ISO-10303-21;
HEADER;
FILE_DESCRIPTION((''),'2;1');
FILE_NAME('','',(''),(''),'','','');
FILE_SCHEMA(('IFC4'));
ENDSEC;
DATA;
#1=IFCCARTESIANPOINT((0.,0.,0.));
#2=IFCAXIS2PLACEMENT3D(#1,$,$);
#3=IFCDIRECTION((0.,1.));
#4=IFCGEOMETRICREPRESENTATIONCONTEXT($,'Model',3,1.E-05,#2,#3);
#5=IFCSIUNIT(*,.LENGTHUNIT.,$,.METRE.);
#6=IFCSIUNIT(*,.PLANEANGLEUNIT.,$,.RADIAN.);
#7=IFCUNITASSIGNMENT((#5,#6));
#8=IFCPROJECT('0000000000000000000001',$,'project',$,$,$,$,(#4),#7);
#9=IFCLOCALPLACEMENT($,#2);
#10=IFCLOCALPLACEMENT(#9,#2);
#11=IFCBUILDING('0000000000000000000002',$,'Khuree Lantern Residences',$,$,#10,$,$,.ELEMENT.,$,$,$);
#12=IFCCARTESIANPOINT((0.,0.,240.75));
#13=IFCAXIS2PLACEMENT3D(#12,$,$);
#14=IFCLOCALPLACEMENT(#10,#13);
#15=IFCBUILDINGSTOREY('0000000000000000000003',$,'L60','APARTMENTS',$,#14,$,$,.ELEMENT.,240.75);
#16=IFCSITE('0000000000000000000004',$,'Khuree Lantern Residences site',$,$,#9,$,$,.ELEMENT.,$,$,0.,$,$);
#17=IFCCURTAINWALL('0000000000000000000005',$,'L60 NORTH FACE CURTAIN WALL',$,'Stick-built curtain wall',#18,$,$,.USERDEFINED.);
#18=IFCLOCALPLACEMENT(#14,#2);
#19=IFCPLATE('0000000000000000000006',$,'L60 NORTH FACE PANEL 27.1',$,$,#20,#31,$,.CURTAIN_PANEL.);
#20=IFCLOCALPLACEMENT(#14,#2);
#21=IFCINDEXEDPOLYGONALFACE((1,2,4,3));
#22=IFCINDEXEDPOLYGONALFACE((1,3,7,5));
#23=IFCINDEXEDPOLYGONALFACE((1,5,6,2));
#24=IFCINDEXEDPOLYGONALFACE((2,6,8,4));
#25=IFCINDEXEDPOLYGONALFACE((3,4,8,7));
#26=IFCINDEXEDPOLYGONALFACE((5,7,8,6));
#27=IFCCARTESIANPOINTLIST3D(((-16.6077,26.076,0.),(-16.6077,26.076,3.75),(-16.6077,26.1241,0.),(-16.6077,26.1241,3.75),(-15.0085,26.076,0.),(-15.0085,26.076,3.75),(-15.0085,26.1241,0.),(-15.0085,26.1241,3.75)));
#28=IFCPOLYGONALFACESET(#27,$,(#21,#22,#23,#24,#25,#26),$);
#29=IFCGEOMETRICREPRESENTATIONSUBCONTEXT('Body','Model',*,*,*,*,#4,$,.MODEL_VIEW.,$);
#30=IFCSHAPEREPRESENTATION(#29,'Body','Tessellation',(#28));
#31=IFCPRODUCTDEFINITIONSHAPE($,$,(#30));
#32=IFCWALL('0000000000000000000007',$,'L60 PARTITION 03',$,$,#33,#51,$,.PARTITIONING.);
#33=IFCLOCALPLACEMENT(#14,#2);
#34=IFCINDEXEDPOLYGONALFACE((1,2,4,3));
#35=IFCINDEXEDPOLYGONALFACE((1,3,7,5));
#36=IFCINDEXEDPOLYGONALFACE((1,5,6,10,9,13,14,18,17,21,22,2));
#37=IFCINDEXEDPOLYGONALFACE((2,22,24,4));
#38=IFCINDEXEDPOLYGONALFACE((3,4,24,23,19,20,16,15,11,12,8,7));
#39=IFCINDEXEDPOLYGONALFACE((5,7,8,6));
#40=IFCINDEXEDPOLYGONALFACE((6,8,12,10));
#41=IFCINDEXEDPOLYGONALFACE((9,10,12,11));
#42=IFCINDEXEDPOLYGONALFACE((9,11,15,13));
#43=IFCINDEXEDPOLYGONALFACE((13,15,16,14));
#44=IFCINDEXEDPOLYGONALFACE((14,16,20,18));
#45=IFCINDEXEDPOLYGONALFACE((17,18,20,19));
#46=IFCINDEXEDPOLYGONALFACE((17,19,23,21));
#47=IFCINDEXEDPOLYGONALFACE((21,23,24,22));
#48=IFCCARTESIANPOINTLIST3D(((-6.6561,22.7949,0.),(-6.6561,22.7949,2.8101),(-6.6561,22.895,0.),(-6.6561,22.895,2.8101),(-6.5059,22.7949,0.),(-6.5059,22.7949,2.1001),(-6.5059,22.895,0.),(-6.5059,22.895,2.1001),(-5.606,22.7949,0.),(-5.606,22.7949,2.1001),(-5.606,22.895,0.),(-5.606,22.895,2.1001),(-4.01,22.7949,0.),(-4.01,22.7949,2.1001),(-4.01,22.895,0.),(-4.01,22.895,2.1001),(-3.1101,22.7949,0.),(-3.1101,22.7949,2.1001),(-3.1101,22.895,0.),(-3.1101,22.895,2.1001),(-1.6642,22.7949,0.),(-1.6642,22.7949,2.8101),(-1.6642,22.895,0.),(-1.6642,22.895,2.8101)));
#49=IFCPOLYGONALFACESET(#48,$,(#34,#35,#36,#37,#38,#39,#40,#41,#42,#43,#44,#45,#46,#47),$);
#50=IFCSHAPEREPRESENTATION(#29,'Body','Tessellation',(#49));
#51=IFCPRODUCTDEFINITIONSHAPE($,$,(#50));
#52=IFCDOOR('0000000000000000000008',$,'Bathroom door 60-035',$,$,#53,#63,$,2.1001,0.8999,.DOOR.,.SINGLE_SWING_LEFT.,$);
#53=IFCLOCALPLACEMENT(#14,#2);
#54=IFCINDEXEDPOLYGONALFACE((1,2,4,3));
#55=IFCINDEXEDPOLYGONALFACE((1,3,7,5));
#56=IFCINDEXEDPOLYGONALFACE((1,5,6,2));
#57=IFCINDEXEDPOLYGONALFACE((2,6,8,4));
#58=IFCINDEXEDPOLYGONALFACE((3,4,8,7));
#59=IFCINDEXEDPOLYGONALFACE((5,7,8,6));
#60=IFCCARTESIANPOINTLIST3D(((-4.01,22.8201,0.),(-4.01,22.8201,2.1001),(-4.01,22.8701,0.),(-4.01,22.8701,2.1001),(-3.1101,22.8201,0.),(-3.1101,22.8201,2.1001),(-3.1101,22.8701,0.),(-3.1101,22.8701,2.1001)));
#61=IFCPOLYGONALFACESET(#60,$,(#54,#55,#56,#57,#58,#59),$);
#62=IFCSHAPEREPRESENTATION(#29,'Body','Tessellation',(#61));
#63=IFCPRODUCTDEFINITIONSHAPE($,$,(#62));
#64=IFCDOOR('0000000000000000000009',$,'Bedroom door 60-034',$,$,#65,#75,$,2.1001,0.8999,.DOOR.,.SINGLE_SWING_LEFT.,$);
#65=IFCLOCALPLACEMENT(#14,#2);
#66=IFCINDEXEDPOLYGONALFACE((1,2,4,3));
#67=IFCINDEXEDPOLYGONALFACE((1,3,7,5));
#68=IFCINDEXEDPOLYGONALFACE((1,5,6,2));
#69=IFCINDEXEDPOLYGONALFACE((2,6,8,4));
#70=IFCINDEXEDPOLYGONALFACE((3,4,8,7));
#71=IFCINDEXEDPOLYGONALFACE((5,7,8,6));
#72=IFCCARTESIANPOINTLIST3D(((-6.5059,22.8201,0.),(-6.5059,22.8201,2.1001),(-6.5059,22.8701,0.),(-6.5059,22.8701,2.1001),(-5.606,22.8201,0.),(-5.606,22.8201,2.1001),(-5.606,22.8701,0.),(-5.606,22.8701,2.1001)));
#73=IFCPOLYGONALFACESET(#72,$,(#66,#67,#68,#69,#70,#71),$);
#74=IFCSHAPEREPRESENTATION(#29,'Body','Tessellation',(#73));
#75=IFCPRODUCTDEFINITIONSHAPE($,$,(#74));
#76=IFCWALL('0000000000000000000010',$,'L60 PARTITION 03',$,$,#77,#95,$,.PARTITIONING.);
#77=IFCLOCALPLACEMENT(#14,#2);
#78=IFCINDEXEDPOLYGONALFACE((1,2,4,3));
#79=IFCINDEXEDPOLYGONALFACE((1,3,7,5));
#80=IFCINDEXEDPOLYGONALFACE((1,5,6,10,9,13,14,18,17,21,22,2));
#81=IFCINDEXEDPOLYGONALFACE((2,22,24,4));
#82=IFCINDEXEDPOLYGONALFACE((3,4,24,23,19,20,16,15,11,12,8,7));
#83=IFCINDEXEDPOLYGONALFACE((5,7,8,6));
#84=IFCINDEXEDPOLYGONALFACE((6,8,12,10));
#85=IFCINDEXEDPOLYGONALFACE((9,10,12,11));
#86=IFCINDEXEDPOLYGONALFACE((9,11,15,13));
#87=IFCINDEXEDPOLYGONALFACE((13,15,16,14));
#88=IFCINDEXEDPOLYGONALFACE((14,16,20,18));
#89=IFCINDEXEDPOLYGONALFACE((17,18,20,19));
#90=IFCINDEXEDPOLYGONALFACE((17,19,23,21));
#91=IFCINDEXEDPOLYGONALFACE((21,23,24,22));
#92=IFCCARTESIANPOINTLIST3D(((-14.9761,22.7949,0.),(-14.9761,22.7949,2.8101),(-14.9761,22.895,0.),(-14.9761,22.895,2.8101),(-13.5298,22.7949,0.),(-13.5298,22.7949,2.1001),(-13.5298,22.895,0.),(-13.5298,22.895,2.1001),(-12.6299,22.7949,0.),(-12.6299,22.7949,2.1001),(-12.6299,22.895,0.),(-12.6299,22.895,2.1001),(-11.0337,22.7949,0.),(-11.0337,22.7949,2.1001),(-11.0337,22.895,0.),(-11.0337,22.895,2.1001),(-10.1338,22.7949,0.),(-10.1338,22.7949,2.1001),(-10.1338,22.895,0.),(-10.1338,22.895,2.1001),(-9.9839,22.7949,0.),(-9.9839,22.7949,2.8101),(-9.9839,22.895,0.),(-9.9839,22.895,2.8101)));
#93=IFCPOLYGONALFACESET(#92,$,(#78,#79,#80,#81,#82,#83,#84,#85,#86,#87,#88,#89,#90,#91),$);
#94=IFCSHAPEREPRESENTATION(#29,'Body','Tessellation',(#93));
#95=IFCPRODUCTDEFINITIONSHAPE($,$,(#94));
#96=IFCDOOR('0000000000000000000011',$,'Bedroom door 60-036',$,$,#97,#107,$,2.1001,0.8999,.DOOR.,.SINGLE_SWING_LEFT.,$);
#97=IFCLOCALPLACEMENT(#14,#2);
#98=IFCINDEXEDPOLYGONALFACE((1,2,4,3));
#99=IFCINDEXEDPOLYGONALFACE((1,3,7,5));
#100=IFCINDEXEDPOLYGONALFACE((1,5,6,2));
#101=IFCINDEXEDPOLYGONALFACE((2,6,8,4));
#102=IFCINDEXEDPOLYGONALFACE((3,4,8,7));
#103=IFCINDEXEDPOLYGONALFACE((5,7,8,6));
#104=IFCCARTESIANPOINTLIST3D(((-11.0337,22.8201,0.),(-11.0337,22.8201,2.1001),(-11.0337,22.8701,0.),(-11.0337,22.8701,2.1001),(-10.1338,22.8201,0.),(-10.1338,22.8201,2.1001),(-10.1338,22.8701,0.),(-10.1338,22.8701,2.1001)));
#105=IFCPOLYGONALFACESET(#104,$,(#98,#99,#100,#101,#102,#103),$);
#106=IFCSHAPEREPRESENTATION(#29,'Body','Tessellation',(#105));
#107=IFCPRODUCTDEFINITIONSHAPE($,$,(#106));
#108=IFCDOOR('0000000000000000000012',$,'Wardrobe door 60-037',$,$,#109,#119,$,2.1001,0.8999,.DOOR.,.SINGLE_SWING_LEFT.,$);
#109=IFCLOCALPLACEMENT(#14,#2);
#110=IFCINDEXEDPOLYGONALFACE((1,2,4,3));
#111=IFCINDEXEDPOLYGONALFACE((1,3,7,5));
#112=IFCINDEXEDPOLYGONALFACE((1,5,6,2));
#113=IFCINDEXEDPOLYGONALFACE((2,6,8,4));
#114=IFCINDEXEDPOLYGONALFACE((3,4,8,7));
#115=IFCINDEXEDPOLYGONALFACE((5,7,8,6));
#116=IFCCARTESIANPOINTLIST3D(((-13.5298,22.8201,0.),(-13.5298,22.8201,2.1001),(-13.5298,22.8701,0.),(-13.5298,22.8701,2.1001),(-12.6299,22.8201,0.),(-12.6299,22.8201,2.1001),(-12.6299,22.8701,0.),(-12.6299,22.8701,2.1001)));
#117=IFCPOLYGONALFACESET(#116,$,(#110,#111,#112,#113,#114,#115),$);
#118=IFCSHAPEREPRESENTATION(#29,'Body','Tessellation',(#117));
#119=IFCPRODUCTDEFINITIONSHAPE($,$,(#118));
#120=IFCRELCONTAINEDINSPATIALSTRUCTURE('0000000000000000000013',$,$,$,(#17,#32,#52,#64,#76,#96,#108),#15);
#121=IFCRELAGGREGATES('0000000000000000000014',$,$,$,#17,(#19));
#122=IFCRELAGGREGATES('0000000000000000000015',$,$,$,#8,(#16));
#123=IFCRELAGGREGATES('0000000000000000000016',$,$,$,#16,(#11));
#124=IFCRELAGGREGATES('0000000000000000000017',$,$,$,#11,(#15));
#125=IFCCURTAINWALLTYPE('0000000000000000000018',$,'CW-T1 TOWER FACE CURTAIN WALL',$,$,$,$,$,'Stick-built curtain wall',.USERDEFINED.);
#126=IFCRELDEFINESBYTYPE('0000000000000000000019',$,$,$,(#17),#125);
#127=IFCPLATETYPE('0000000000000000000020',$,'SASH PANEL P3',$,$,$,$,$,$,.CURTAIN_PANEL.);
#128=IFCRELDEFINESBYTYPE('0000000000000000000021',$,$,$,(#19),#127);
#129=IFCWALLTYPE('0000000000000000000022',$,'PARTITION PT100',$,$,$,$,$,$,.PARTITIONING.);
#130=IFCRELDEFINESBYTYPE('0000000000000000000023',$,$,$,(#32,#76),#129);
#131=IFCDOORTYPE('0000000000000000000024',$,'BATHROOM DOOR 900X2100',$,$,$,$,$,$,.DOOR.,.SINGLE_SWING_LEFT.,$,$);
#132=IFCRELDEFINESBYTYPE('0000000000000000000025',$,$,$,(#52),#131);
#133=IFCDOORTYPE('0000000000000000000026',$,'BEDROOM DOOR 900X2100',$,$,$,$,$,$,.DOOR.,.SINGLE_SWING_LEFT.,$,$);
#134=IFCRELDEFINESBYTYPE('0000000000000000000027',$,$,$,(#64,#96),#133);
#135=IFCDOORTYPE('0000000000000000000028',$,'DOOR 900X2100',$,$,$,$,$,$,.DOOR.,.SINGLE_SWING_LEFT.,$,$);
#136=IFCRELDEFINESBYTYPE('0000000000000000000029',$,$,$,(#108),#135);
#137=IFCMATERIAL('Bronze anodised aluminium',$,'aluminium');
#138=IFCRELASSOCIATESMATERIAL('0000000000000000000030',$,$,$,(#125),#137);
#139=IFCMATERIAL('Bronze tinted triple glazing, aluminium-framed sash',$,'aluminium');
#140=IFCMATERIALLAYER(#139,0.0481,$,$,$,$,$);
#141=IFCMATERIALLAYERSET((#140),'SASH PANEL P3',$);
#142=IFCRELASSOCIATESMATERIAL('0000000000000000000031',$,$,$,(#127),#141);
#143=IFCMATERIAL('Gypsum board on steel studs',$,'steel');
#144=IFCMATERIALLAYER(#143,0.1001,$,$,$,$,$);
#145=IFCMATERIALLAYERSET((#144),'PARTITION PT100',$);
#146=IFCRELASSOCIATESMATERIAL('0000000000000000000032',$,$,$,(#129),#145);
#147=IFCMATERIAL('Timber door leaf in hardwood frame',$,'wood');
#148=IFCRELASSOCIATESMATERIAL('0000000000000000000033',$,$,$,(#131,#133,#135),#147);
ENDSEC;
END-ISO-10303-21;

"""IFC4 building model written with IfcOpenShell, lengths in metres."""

from ifc_helpers import new_model, si_unit, direction, frame, frame_2d, origin, origin_2d, place, context, subcontext, project, spatial, rectangle, extrude, material, layer, layer_set, type_object, element, fill, aggregate, save


model = new_model("IFC4")

# Units and contexts
model_context = context("Model", 3, precision=1e-05, world=origin(), true_north=direction((0.0, 1.0)))
body_context = subcontext(model_context, "Body", "Model", "MODEL_VIEW")
ifc_project = project(units=[si_unit("LENGTHUNIT", "METRE"), si_unit("PLANEANGLEUNIT", "RADIAN")], contexts=[model_context])

# Site, building, storey
site_placement = place(None, origin())
site = spatial("IfcSite", under=ifc_project, at=site_placement, Name="Khuree Lantern Residences site", CompositionType="ELEMENT", RefElevation=0.0)
building_placement = place(site_placement, origin())
building = spatial("IfcBuilding", under=site, at=building_placement, Name="Khuree Lantern Residences", CompositionType="ELEMENT")
storey_placement = place(building_placement, frame((0.0, 0.0, 240.75)))
storey = spatial("IfcBuildingStorey", under=building, at=storey_placement, Name="L60", Description="APARTMENTS", CompositionType="ELEMENT", Elevation=240.75)

# Curtain wall
ifc_material_1 = material(Name="Bronze anodised aluminium", Category="aluminium")
curtain_wall_type = type_object("IfcCurtainWallType", Name="CW-T1 TOWER FACE CURTAIN WALL", ElementType="Stick-built curtain wall", PredefinedType="USERDEFINED", material=ifc_material_1)
curtain_wall_placement = place(storey_placement, origin())
curtain_wall = element("IfcCurtainWall", 1, at=curtain_wall_placement, inside=storey, type_object=curtain_wall_type, Name="L60 NORTH FACE CURTAIN WALL", ObjectType="Stick-built curtain wall", PredefinedType="USERDEFINED")

# Plate
ifc_material_2 = material(Name="Bronze tinted triple glazing, aluminium-framed sash", Category="aluminium")
ifc_layer_1 = layer(ifc_material_2, 0.0481)
ifc_layer_set_1 = layer_set([ifc_layer_1], Name="SASH PANEL P3")
plate_type_1 = type_object("IfcPlateType", Name="SASH PANEL P3", PredefinedType="CURTAIN_PANEL", material=ifc_layer_set_1)
plate_1_placement = place(storey_placement, frame((-15.8081, 26.1001, 0.0), z_axis=(0.0, 0.0, 1.0), x_axis=(-1.0, 0.0, 0.0)))
plate_1 = element("IfcPlate", 2, at=plate_1_placement, type_object=plate_type_1, Name="L60 NORTH FACE PANEL 27.1", PredefinedType="CURTAIN_PANEL", context=body_context, shape_type="SweptSolid", body=[
    extrude(rectangle(XDim=1.5991, YDim=0.0481, at=origin_2d()), origin(), (0.0, 0.0, 1.0), 3.75),
])
aggregate(curtain_wall, [plate_1])

# Walls, openings, doors
ifc_material_3 = material(Name="Gypsum board on steel studs", Category="steel")
ifc_layer_2 = layer(ifc_material_3, 0.1001)
ifc_layer_set_2 = layer_set([ifc_layer_2], Name="PARTITION PT100")
wall_type = type_object("IfcWallType", Name="PARTITION PT100", PredefinedType="PARTITIONING", material=ifc_layer_set_2)
wall_1_placement = place(storey_placement, frame((-1.6641, 22.845, 0.0), z_axis=(0.0, 0.0, 1.0), x_axis=(-1.0, 0.0, 0.0)))
wall_1 = element("IfcWall", 3, at=wall_1_placement, inside=storey, type_object=wall_type, Name="L60 PARTITION 03", PredefinedType="PARTITIONING", context=body_context, shape_type="SweptSolid", body=[
    extrude(rectangle(XDim=4.9919, YDim=0.1001, at=frame_2d((2.4961, 0.0))), origin(), (0.0, 0.0, 1.0), 2.8101),
])
opening_1_placement = place(wall_1_placement, frame((3.9419, 0.0, 0.0)))
opening_1 = element("IfcOpeningElement", 4, at=opening_1_placement, cuts=wall_1, PredefinedType="OPENING", context=body_context, shape_type="SweptSolid", body=[
    extrude(rectangle(XDim=0.8999, YDim=2.1001, at=frame_2d((0.45, 1.05))), frame((0.0, 0.0601, 0.0), z_axis=(0.0, -1.0, 0.0), x_axis=(1.0, 0.0, 0.0)), (0.0, 0.0, 1.0), 0.1201),
])
opening_2_placement = place(wall_1_placement, frame((1.446, 0.0, 0.0)))
opening_2 = element("IfcOpeningElement", 5, at=opening_2_placement, cuts=wall_1, PredefinedType="OPENING", context=body_context, shape_type="SweptSolid", body=[
    extrude(rectangle(XDim=0.8999, YDim=2.1001, at=frame_2d((0.45, 1.05))), frame((0.0, 0.0601, 0.0), z_axis=(0.0, -1.0, 0.0), x_axis=(1.0, 0.0, 0.0)), (0.0, 0.0, 1.0), 0.1201),
])
ifc_material_4 = material(Name="Timber door leaf in hardwood frame", Category="wood")
door_type_1 = type_object("IfcDoorType", Name="BATHROOM DOOR 900X2100", OperationType="SINGLE_SWING_LEFT", PredefinedType="DOOR", material=ifc_material_4)
door_1_placement = place(opening_2_placement, origin())
door_1 = element("IfcDoor", 6, at=door_1_placement, inside=storey, type_object=door_type_1, Name="Bathroom door 60-035", OperationType="SINGLE_SWING_LEFT", OverallHeight=2.1001, OverallWidth=0.8999, PredefinedType="DOOR", context=body_context, shape_type="SweptSolid", body=[
    extrude(rectangle(XDim=0.8999, YDim=2.1001, at=frame_2d((0.45, 1.05))), frame((0.0, 0.0249, 0.0), z_axis=(0.0, -1.0, 0.0), x_axis=(1.0, 0.0, 0.0)), (0.0, 0.0, 1.0), 0.05),
])
fill(opening_2, door_1)
door_type_2 = type_object("IfcDoorType", Name="BEDROOM DOOR 900X2100", OperationType="SINGLE_SWING_LEFT", PredefinedType="DOOR", material=ifc_material_4)
door_2_placement = place(opening_1_placement, origin())
door_2 = element("IfcDoor", 7, at=door_2_placement, inside=storey, type_object=door_type_2, Name="Bedroom door 60-034", OperationType="SINGLE_SWING_LEFT", OverallHeight=2.1001, OverallWidth=0.8999, PredefinedType="DOOR", context=body_context, shape_type="SweptSolid", body=[
    extrude(rectangle(XDim=0.8999, YDim=2.1001, at=frame_2d((0.45, 1.05))), frame((0.0, 0.0249, 0.0), z_axis=(0.0, -1.0, 0.0), x_axis=(1.0, 0.0, 0.0)), (0.0, 0.0, 1.0), 0.05),
])
fill(opening_1, door_2)
wall_2_placement = place(storey_placement, frame((-9.9839, 22.845, 0.0), z_axis=(0.0, 0.0, 1.0), x_axis=(-1.0, 0.0, 0.0)))
wall_2 = element("IfcWall", 8, at=wall_2_placement, inside=storey, type_object=wall_type, Name="L60 PARTITION 03", PredefinedType="PARTITIONING", context=body_context, shape_type="SweptSolid", body=[
    extrude(rectangle(XDim=4.9922, YDim=0.1001, at=frame_2d((2.4961, 0.0))), origin(), (0.0, 0.0, 1.0), 2.8101),
])
opening_3_placement = place(wall_2_placement, frame((0.1499, 0.0, 0.0)))
opening_3 = element("IfcOpeningElement", 9, at=opening_3_placement, cuts=wall_2, PredefinedType="OPENING", context=body_context, shape_type="SweptSolid", body=[
    extrude(rectangle(XDim=0.8999, YDim=2.1001, at=frame_2d((0.45, 1.05))), frame((0.0, 0.0601, 0.0), z_axis=(0.0, -1.0, 0.0), x_axis=(1.0, 0.0, 0.0)), (0.0, 0.0, 1.0), 0.1201),
])
opening_4_placement = place(wall_2_placement, frame((2.646, 0.0, 0.0)))
opening_4 = element("IfcOpeningElement", 10, at=opening_4_placement, cuts=wall_2, PredefinedType="OPENING", context=body_context, shape_type="SweptSolid", body=[
    extrude(rectangle(XDim=0.8999, YDim=2.1001, at=frame_2d((0.45, 1.05))), frame((0.0, 0.0601, 0.0), z_axis=(0.0, -1.0, 0.0), x_axis=(1.0, 0.0, 0.0)), (0.0, 0.0, 1.0), 0.1201),
])
door_3_placement = place(opening_3_placement, origin())
door_3 = element("IfcDoor", 11, at=door_3_placement, inside=storey, type_object=door_type_2, Name="Bedroom door 60-036", OperationType="SINGLE_SWING_LEFT", OverallHeight=2.1001, OverallWidth=0.8999, PredefinedType="DOOR", context=body_context, shape_type="SweptSolid", body=[
    extrude(rectangle(XDim=0.8999, YDim=2.1001, at=frame_2d((0.45, 1.05))), frame((0.0, 0.0249, 0.0), z_axis=(0.0, -1.0, 0.0), x_axis=(1.0, 0.0, 0.0)), (0.0, 0.0, 1.0), 0.05),
])
fill(opening_3, door_3)
door_type_3 = type_object("IfcDoorType", Name="DOOR 900X2100", OperationType="SINGLE_SWING_LEFT", PredefinedType="DOOR", material=ifc_material_4)
door_4_placement = place(opening_4_placement, origin())
door_4 = element("IfcDoor", 12, at=door_4_placement, inside=storey, type_object=door_type_3, Name="Wardrobe door 60-037", OperationType="SINGLE_SWING_LEFT", OverallHeight=2.1001, OverallWidth=0.8999, PredefinedType="DOOR", context=body_context, shape_type="SweptSolid", body=[
    extrude(rectangle(XDim=0.8999, YDim=2.1001, at=frame_2d((0.45, 1.05))), frame((0.0, 0.0249, 0.0), z_axis=(0.0, -1.0, 0.0), x_axis=(1.0, 0.0, 0.0)), (0.0, 0.0, 1.0), 0.05),
])
fill(opening_4, door_4)

save(model, "model.ifc")
